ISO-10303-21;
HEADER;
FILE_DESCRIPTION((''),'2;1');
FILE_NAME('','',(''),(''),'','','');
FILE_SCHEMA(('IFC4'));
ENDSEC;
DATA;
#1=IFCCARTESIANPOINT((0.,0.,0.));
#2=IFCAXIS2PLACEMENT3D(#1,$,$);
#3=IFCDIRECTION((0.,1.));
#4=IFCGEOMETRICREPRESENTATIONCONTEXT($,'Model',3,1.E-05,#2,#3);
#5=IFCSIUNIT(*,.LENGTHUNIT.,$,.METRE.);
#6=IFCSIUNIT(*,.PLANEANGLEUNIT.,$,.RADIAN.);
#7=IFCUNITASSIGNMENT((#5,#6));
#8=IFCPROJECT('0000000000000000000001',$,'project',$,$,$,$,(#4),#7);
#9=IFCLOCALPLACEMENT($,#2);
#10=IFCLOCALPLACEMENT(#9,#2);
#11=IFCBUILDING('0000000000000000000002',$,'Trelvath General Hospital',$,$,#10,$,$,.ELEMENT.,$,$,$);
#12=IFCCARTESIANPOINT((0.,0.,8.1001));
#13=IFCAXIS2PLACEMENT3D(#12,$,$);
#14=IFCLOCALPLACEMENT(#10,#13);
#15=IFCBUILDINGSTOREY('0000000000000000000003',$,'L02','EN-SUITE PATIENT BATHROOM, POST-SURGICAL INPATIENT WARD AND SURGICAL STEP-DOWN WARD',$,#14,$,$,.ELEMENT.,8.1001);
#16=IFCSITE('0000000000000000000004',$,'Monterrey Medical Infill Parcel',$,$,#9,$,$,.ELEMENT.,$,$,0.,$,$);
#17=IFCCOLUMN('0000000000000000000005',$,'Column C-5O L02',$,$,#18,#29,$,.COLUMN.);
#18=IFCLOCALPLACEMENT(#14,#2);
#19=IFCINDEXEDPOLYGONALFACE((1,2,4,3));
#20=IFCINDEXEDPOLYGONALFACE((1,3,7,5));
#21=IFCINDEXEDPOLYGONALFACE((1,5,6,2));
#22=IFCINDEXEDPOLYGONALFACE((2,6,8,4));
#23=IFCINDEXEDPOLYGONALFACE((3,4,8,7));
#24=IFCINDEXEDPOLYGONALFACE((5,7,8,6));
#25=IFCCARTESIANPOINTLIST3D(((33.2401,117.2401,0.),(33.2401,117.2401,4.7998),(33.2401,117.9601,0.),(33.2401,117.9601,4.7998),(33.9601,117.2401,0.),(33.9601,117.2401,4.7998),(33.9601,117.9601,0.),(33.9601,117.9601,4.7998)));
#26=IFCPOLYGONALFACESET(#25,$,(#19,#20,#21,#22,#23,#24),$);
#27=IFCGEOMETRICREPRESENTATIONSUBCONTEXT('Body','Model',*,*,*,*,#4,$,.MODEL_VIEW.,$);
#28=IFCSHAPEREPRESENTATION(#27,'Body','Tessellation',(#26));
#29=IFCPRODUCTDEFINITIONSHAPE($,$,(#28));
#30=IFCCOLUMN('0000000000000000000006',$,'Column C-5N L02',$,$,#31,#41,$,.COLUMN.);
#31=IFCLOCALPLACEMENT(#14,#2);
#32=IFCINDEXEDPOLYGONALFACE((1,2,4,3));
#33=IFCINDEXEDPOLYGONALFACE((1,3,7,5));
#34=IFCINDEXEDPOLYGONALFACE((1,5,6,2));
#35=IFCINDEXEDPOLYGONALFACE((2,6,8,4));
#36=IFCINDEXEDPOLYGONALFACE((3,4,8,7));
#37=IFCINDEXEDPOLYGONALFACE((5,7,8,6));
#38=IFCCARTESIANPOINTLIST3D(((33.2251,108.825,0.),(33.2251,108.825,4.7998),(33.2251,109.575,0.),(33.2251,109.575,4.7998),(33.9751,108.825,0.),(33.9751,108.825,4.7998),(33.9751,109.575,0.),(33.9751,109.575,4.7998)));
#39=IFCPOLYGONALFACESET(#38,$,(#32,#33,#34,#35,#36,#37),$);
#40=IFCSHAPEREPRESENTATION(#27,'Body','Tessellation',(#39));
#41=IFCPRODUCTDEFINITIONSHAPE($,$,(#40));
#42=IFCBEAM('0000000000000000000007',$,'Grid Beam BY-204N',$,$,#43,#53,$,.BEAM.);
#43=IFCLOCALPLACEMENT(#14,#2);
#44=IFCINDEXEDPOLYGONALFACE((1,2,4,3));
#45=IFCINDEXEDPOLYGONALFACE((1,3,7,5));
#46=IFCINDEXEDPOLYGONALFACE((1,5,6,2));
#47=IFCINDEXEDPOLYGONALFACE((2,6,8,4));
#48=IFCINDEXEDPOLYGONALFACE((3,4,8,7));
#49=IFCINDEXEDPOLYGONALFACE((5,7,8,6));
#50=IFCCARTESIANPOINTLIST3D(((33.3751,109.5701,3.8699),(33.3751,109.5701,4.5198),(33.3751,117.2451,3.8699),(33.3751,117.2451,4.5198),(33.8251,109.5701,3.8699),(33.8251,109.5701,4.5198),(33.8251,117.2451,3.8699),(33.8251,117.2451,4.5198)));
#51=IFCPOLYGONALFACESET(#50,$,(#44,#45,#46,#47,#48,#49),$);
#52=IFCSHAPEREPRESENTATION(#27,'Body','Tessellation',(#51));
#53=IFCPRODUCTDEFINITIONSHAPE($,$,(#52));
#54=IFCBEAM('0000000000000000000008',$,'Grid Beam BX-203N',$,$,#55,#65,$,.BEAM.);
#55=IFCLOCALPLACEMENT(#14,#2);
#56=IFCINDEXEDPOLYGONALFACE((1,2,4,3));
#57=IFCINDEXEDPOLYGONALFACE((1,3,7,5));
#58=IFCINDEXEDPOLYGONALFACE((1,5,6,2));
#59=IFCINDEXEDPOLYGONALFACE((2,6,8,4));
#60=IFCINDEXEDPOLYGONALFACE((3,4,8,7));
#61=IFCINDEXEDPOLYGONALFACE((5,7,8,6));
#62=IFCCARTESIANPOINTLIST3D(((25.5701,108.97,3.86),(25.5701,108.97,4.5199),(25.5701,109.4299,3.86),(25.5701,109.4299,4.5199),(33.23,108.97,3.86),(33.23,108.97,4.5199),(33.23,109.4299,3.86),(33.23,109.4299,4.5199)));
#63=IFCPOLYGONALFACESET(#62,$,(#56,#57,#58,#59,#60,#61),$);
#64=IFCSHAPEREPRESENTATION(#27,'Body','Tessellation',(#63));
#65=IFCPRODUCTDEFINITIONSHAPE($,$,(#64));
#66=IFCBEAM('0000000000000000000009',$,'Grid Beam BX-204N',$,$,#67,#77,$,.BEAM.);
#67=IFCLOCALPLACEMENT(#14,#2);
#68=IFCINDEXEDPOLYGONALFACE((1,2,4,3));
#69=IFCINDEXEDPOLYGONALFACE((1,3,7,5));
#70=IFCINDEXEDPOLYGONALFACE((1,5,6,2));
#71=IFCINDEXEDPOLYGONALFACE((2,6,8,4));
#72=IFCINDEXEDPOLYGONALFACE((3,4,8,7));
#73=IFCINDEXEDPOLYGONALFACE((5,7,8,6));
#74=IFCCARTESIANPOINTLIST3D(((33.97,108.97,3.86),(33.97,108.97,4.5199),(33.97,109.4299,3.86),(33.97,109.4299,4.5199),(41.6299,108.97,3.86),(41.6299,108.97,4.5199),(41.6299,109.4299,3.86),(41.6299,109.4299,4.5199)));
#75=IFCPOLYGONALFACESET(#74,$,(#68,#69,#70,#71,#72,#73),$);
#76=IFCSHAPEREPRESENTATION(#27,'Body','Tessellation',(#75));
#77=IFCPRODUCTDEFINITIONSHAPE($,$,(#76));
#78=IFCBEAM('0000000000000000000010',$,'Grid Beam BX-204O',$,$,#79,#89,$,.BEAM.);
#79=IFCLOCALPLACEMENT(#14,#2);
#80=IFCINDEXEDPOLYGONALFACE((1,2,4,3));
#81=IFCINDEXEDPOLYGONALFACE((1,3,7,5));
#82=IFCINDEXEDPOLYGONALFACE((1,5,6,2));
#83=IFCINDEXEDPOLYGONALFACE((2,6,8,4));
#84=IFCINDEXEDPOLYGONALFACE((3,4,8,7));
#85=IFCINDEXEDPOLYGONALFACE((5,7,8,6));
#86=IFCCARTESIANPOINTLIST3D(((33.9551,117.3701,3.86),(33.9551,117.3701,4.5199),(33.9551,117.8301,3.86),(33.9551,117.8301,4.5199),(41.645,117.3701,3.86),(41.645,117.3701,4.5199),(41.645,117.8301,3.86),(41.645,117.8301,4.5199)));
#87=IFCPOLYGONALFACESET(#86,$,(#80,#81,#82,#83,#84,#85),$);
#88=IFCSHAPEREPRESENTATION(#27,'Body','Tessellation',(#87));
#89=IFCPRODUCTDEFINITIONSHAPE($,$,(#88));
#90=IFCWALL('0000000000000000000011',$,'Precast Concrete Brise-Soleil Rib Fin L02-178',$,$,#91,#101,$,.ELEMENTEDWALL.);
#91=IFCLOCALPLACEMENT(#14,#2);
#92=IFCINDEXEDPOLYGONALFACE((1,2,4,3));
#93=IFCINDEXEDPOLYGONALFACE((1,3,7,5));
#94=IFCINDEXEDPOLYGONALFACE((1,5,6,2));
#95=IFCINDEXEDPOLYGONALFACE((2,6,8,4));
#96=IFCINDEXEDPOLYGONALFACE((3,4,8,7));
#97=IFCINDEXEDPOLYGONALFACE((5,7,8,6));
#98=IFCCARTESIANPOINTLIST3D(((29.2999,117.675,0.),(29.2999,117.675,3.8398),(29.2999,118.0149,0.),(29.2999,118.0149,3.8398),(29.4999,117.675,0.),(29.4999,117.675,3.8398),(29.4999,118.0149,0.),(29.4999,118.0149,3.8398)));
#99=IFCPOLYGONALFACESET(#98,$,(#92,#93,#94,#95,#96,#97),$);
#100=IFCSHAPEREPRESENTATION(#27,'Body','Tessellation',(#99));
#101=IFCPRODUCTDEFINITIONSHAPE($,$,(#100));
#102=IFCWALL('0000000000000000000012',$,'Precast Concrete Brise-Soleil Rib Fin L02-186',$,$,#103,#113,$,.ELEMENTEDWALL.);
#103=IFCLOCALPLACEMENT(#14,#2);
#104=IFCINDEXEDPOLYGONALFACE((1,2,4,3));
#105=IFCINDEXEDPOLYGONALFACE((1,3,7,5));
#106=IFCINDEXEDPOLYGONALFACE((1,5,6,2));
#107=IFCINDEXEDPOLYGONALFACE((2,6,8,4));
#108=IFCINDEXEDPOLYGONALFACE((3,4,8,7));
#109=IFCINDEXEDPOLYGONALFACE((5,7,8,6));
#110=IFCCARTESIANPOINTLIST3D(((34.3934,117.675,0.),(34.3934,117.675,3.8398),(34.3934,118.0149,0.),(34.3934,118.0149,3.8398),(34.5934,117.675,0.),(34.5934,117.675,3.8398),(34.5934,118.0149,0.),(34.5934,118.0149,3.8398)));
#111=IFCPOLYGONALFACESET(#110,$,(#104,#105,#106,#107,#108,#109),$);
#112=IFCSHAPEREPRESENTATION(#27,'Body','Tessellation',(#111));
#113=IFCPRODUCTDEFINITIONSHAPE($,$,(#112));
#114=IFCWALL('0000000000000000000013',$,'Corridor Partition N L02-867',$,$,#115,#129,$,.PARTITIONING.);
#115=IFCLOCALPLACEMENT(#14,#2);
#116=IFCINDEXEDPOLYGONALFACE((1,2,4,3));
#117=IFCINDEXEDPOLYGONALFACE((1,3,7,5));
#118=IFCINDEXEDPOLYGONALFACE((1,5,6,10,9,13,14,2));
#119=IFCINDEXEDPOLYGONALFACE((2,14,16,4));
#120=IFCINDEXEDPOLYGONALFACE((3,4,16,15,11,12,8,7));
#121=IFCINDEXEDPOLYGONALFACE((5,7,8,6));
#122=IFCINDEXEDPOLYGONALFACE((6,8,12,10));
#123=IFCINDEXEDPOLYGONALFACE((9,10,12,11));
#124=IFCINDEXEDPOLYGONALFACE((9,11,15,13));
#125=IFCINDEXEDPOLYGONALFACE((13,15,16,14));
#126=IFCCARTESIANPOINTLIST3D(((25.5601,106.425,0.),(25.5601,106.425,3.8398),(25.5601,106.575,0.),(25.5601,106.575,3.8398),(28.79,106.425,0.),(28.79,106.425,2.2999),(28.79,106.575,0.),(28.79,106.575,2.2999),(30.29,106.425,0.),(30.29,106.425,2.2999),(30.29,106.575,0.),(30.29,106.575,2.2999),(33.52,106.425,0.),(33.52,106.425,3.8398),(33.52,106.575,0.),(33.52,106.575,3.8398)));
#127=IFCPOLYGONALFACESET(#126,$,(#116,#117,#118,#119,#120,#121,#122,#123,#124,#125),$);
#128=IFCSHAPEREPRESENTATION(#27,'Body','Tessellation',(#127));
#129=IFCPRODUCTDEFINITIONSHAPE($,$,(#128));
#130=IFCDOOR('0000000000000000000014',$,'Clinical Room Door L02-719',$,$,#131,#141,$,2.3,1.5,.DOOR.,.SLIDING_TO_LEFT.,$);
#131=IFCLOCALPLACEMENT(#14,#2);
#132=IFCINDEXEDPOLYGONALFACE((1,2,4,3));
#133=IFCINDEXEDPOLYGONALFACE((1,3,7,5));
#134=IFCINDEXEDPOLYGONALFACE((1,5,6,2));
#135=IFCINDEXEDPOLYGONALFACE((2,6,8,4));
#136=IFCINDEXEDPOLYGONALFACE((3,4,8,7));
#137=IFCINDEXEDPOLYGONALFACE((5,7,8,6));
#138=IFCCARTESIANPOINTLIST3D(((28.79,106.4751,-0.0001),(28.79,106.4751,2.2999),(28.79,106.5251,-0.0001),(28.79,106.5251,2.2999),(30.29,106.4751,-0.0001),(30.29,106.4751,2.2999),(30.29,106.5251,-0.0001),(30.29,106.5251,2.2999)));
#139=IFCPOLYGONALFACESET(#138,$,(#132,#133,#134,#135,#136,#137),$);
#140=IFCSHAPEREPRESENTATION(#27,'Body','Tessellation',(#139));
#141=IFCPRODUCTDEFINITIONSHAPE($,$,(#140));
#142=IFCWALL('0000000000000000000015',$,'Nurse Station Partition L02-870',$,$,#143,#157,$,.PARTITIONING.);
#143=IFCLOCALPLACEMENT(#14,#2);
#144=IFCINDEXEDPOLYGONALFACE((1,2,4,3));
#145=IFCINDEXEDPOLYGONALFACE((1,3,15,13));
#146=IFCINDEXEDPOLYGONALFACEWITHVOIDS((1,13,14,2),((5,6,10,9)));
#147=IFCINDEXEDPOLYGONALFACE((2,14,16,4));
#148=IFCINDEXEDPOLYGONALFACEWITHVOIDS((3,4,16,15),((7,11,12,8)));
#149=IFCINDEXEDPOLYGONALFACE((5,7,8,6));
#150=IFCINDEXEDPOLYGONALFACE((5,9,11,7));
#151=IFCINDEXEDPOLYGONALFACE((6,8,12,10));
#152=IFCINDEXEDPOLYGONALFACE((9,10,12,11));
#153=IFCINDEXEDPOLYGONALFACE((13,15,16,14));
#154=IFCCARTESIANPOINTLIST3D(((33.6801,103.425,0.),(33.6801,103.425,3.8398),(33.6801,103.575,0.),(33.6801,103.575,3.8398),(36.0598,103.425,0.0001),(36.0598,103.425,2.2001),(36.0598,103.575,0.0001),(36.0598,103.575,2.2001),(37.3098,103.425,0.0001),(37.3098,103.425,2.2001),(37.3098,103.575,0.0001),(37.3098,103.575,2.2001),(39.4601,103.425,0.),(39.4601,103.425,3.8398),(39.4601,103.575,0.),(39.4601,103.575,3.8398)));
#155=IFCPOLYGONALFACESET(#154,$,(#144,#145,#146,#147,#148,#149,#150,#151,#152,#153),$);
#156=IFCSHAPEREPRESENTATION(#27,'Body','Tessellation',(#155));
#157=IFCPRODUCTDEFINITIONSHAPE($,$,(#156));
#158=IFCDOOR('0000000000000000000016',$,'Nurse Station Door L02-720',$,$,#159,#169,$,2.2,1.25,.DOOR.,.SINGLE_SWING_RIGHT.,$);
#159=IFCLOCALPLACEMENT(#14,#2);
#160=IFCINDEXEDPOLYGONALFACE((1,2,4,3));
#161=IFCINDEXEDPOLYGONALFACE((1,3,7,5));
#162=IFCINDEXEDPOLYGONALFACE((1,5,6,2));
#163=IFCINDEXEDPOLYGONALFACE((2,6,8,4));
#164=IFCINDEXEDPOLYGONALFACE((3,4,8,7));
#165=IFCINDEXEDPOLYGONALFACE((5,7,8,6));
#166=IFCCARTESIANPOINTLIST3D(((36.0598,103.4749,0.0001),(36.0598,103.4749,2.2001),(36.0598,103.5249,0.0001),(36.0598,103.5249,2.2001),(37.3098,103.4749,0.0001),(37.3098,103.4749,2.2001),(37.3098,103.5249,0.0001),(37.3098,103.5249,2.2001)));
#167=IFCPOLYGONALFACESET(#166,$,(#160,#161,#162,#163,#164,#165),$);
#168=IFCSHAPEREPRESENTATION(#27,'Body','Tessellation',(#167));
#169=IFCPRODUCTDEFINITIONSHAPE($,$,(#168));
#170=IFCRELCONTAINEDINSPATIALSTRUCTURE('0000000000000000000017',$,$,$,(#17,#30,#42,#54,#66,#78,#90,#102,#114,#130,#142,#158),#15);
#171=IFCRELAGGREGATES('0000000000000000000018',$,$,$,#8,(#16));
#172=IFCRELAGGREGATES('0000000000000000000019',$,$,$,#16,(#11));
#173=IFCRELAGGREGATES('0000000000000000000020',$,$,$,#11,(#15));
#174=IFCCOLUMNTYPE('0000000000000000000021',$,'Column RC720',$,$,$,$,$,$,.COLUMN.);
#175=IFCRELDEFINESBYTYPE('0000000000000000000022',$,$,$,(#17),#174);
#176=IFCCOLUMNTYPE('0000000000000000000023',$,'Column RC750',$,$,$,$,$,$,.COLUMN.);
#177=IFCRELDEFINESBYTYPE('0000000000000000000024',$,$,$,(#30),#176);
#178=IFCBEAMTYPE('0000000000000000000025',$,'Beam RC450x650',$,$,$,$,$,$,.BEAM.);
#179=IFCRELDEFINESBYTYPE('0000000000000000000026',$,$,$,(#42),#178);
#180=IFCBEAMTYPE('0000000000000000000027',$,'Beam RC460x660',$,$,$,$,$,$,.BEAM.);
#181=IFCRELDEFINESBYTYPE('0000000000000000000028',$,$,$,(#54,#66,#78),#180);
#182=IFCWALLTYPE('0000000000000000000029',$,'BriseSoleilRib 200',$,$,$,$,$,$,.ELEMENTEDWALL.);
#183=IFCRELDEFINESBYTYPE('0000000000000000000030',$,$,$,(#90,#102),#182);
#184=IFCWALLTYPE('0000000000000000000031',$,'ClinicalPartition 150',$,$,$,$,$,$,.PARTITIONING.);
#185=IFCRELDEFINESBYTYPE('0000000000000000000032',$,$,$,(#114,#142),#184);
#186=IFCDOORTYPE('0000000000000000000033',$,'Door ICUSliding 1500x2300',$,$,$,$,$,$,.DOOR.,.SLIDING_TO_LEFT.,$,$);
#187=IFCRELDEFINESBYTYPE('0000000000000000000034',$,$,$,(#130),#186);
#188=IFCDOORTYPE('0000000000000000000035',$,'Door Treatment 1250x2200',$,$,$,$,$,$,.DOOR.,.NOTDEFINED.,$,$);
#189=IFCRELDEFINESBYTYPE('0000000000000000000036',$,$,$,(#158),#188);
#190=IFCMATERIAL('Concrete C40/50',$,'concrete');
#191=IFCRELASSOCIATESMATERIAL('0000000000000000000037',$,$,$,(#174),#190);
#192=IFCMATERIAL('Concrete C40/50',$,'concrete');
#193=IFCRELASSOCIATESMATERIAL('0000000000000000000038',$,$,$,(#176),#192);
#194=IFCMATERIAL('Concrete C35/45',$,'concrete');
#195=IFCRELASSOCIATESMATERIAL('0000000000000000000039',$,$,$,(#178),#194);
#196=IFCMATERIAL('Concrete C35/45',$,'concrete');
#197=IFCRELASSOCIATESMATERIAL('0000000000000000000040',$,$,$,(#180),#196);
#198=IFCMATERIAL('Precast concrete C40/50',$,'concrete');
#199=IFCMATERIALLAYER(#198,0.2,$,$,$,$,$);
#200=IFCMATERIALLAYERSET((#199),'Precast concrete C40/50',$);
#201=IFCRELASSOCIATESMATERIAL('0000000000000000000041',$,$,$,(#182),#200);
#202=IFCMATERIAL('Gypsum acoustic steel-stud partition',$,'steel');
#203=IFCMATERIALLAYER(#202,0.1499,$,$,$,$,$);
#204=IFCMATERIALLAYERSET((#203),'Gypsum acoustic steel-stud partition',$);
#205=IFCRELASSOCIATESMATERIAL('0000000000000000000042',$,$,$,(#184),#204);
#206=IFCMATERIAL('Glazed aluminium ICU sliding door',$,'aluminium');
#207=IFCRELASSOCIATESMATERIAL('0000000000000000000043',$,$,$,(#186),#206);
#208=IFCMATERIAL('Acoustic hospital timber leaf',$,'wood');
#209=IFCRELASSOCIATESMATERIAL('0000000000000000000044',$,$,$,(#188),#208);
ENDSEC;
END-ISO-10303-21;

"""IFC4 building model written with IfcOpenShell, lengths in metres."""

from ifc_helpers import new_model, si_unit, direction, frame, frame_2d, origin, origin_2d, place, context, subcontext, project, spatial, rectangle, extrude, material, layer, layer_set, material_profile, profile_set, type_object, element, fill, save


model = new_model("IFC4")

# Units and contexts
model_context = context("Model", 3, precision=1e-05, world=origin(), true_north=direction((0.0, 1.0)))
body_context = subcontext(model_context, "Body", "Model", "MODEL_VIEW")
ifc_project = project(units=[si_unit("LENGTHUNIT", "METRE"), si_unit("PLANEANGLEUNIT", "RADIAN")], contexts=[model_context])

# Site, building, storey
site_placement = place(None, origin())
site = spatial("IfcSite", under=ifc_project, at=site_placement, Name="Monterrey Medical Infill Parcel", CompositionType="ELEMENT", RefElevation=0.0)
building_placement = place(site_placement, origin())
building = spatial("IfcBuilding", under=site, at=building_placement, Name="Trelvath General Hospital", CompositionType="ELEMENT")
storey_placement = place(building_placement, frame((0.0, 0.0, 8.1001)))
storey = spatial("IfcBuildingStorey", under=building, at=storey_placement, Name="L02", Description="EN-SUITE PATIENT BATHROOM, POST-SURGICAL INPATIENT WARD AND SURGICAL STEP-DOWN WARD", CompositionType="ELEMENT", Elevation=8.1001)

# Columns
ifc_material_1 = material(Name="Concrete C40/50", Category="concrete")
ifc_material_profile_1 = material_profile(ifc_material_1, rectangle(XDim=0.72, YDim=0.72, at=origin_2d()), Name="RC720x720")
ifc_profile_set_1 = profile_set([ifc_material_profile_1], Name="Concrete C40/50")
column_type_1 = type_object("IfcColumnType", Name="Column RC720", PredefinedType="COLUMN", material=ifc_profile_set_1)
column_1_placement = place(storey_placement, frame((33.6001, 117.6001, 0.0), z_axis=(0.0, 0.0, 1.0), x_axis=(1.0, 0.0, 0.0)))
element("IfcColumn", 1, at=column_1_placement, inside=storey, type_object=column_type_1, Name="Column C-5O L02", PredefinedType="COLUMN", context=body_context, shape_type="SweptSolid", body=[
    extrude(rectangle(XDim=0.72, YDim=0.72, at=origin_2d()), origin(), (0.0, 0.0, 1.0), 4.7998),
])
ifc_material_2 = material(Name="Concrete C40/50", Category="concrete")
ifc_material_profile_2 = material_profile(ifc_material_2, rectangle(XDim=0.75, YDim=0.75, at=origin_2d()), Name="RC750x750")
ifc_profile_set_2 = profile_set([ifc_material_profile_2], Name="Concrete C40/50")
column_type_2 = type_object("IfcColumnType", Name="Column RC750", PredefinedType="COLUMN", material=ifc_profile_set_2)
column_2_placement = place(storey_placement, frame((33.6001, 109.2, 0.0), z_axis=(0.0, 0.0, 1.0), x_axis=(1.0, 0.0, 0.0)))
element("IfcColumn", 2, at=column_2_placement, inside=storey, type_object=column_type_2, Name="Column C-5N L02", PredefinedType="COLUMN", context=body_context, shape_type="SweptSolid", body=[
    extrude(rectangle(XDim=0.75, YDim=0.75, at=origin_2d()), origin(), (0.0, 0.0, 1.0), 4.7998),
])

# Beams
ifc_material_3 = material(Name="Concrete C35/45", Category="concrete")
ifc_material_profile_3 = material_profile(ifc_material_3, rectangle(XDim=0.45, YDim=0.6499, at=origin_2d()), Name="RCB450x650")
ifc_profile_set_3 = profile_set([ifc_material_profile_3], Name="Concrete C35/45")
beam_type_1 = type_object("IfcBeamType", Name="Beam RC450x650", PredefinedType="BEAM", material=ifc_profile_set_3)
beam_1_placement = place(storey_placement, frame((33.6001, 109.5701, 4.1948), z_axis=(0.0, 1.0, 0.0), x_axis=(-1.0, 0.0, 0.0)))
element("IfcBeam", 3, at=beam_1_placement, inside=storey, type_object=beam_type_1, Name="Grid Beam BY-204N", PredefinedType="BEAM", context=body_context, shape_type="SweptSolid", body=[
    extrude(rectangle(XDim=0.45, YDim=0.6499, at=origin_2d()), origin(), (0.0, 0.0, 1.0), 7.675),
])
ifc_material_4 = material(Name="Concrete C35/45", Category="concrete")
ifc_material_profile_4 = material_profile(ifc_material_4, rectangle(XDim=0.46, YDim=0.6599, at=origin_2d()), Name="RCB460x660")
ifc_profile_set_4 = profile_set([ifc_material_profile_4], Name="Concrete C35/45")
beam_type_2 = type_object("IfcBeamType", Name="Beam RC460x660", PredefinedType="BEAM", material=ifc_profile_set_4)
for number, where, z_axis, x_axis, name in (
    (4, (25.5701, 109.2, 4.1899), (1.0, 0.0, 0.0), (0.0, 1.0, 0.0), "Grid Beam BX-203N"),
    (5, (33.97, 109.2, 4.1899), (1.0, 0.0, 0.0), (0.0, 1.0, 0.0), "Grid Beam BX-204N"),
):
    element("IfcBeam", number, at=place(storey_placement, frame(where, z_axis=z_axis, x_axis=x_axis)), inside=storey, type_object=beam_type_2, Name=name, PredefinedType="BEAM", context=body_context, shape_type="SweptSolid", body=[
        extrude(rectangle(XDim=0.46, YDim=0.6599, at=origin_2d()), origin(), (0.0, 0.0, 1.0), 7.6599),
    ])
beam_2_placement = place(storey_placement, frame((33.9551, 117.6001, 4.1899), z_axis=(1.0, 0.0, 0.0), x_axis=(0.0, 1.0, 0.0)))
element("IfcBeam", 6, at=beam_2_placement, inside=storey, type_object=beam_type_2, Name="Grid Beam BX-204O", PredefinedType="BEAM", context=body_context, shape_type="SweptSolid", body=[
    extrude(rectangle(XDim=0.46, YDim=0.6599, at=origin_2d()), origin(), (0.0, 0.0, 1.0), 7.6899),
])

# Walls
ifc_material_5 = material(Name="Precast concrete C40/50", Category="concrete")
ifc_layer_1 = layer(ifc_material_5, 0.2)
ifc_layer_set_1 = layer_set([ifc_layer_1], Name="Precast concrete C40/50")
wall_type_1 = type_object("IfcWallType", Name="BriseSoleilRib 200", PredefinedType="ELEMENTEDWALL", material=ifc_layer_set_1)
for number, where, z_axis, x_axis, name in (
    (7, (29.3999, 117.675, 0.0), (0.0, 0.0, 1.0), (0.0, 1.0, 0.0), "Precast Concrete Brise-Soleil Rib Fin L02-178"),
    (8, (34.4934, 117.675, 0.0), (0.0, 0.0, 1.0), (0.0, 1.0, 0.0), "Precast Concrete Brise-Soleil Rib Fin L02-186"),
):
    element("IfcWall", number, at=place(storey_placement, frame(where, z_axis=z_axis, x_axis=x_axis)), inside=storey, type_object=wall_type_1, Name=name, PredefinedType="ELEMENTEDWALL", context=body_context, shape_type="SweptSolid", body=[
        extrude(rectangle(XDim=0.3398, YDim=0.2, at=frame_2d((0.1699, 0.0))), origin(), (0.0, 0.0, 1.0), 3.8398),
    ])

# Walls, openings, doors
ifc_material_6 = material(Name="Gypsum acoustic steel-stud partition", Category="steel")
ifc_layer_2 = layer(ifc_material_6, 0.1499)
ifc_layer_set_2 = layer_set([ifc_layer_2], Name="Gypsum acoustic steel-stud partition")
wall_type_2 = type_object("IfcWallType", Name="ClinicalPartition 150", PredefinedType="PARTITIONING", material=ifc_layer_set_2)
wall_1_placement = place(storey_placement, frame((33.52, 106.5, 0.0), z_axis=(0.0, 0.0, 1.0), x_axis=(-1.0, 0.0, 0.0)))
wall_1 = element("IfcWall", 9, at=wall_1_placement, inside=storey, type_object=wall_type_2, Name="Corridor Partition N L02-867", PredefinedType="PARTITIONING", context=body_context, shape_type="SweptSolid", body=[
    extrude(rectangle(XDim=7.96, YDim=0.1499, at=frame_2d((3.98, 0.0))), origin(), (0.0, 0.0, 1.0), 3.8398),
])
opening_1_placement = place(wall_1_placement, frame((3.23, 0.0, 0.0)))
opening_1 = element("IfcOpeningElement", 10, at=opening_1_placement, cuts=wall_1, PredefinedType="OPENING", context=body_context, shape_type="SweptSolid", body=[
    extrude(rectangle(XDim=1.5, YDim=2.3, at=frame_2d((0.75, 1.1499))), frame((0.0, 0.085, 0.0), z_axis=(0.0, -1.0, 0.0), x_axis=(1.0, 0.0, 0.0)), (0.0, 0.0, 1.0), 0.1699),
])
ifc_material_7 = material(Name="Glazed aluminium ICU sliding door", Category="aluminium")
door_type_1 = type_object("IfcDoorType", Name="Door ICUSliding 1500x2300", OperationType="SLIDING_TO_LEFT", PredefinedType="DOOR", material=ifc_material_7)
door_1_placement = place(opening_1_placement, origin())
door_1 = element("IfcDoor", 11, at=door_1_placement, inside=storey, type_object=door_type_1, Name="Clinical Room Door L02-719", OperationType="SLIDING_TO_LEFT", OverallHeight=2.3, OverallWidth=1.5, PredefinedType="DOOR", context=body_context, shape_type="SweptSolid", body=[
    extrude(rectangle(XDim=1.5, YDim=2.3, at=frame_2d((0.75, 1.1499))), frame((0.0, 0.0249, 0.0), z_axis=(0.0, -1.0, 0.0), x_axis=(1.0, 0.0, 0.0)), (0.0, 0.0, 1.0), 0.05),
])
fill(opening_1, door_1)
wall_2_placement = place(storey_placement, frame((33.6799, 103.5, 0.0), z_axis=(0.0, 0.0, 1.0), x_axis=(1.0, 0.0, 0.0)))
wall_2 = element("IfcWall", 12, at=wall_2_placement, inside=storey, type_object=wall_type_2, Name="Nurse Station Partition L02-870", PredefinedType="PARTITIONING", context=body_context, shape_type="SweptSolid", body=[
    extrude(rectangle(XDim=5.78, YDim=0.1499, at=frame_2d((2.8901, 0.0))), origin(), (0.0, 0.0, 1.0), 3.8398),
])
opening_2_placement = place(wall_2_placement, frame((2.3799, 0.0, 0.0)))
opening_2 = element("IfcOpeningElement", 13, at=opening_2_placement, cuts=wall_2, PredefinedType="OPENING", context=body_context, shape_type="SweptSolid", body=[
    extrude(rectangle(XDim=1.25, YDim=2.2, at=frame_2d((0.625, 1.1001))), frame((0.0, 0.085, 0.0), z_axis=(0.0, -1.0, 0.0), x_axis=(1.0, 0.0, 0.0)), (0.0, 0.0, 1.0), 0.1699),
])
ifc_material_8 = material(Name="Acoustic hospital timber leaf", Category="wood")
door_type_2 = type_object("IfcDoorType", Name="Door Treatment 1250x2200", OperationType="NOTDEFINED", PredefinedType="DOOR", material=ifc_material_8)
door_2_placement = place(opening_2_placement, origin())
door_2 = element("IfcDoor", 14, at=door_2_placement, inside=storey, type_object=door_type_2, Name="Nurse Station Door L02-720", OperationType="SINGLE_SWING_RIGHT", OverallHeight=2.2, OverallWidth=1.25, PredefinedType="DOOR", context=body_context, shape_type="SweptSolid", body=[
    extrude(rectangle(XDim=1.25, YDim=2.2, at=frame_2d((0.625, 1.1001))), frame((0.0, 0.0249, 0.0), z_axis=(0.0, -1.0, 0.0), x_axis=(1.0, 0.0, 0.0)), (0.0, 0.0, 1.0), 0.05),
])
fill(opening_2, door_2)

save(model, "model.ifc")
